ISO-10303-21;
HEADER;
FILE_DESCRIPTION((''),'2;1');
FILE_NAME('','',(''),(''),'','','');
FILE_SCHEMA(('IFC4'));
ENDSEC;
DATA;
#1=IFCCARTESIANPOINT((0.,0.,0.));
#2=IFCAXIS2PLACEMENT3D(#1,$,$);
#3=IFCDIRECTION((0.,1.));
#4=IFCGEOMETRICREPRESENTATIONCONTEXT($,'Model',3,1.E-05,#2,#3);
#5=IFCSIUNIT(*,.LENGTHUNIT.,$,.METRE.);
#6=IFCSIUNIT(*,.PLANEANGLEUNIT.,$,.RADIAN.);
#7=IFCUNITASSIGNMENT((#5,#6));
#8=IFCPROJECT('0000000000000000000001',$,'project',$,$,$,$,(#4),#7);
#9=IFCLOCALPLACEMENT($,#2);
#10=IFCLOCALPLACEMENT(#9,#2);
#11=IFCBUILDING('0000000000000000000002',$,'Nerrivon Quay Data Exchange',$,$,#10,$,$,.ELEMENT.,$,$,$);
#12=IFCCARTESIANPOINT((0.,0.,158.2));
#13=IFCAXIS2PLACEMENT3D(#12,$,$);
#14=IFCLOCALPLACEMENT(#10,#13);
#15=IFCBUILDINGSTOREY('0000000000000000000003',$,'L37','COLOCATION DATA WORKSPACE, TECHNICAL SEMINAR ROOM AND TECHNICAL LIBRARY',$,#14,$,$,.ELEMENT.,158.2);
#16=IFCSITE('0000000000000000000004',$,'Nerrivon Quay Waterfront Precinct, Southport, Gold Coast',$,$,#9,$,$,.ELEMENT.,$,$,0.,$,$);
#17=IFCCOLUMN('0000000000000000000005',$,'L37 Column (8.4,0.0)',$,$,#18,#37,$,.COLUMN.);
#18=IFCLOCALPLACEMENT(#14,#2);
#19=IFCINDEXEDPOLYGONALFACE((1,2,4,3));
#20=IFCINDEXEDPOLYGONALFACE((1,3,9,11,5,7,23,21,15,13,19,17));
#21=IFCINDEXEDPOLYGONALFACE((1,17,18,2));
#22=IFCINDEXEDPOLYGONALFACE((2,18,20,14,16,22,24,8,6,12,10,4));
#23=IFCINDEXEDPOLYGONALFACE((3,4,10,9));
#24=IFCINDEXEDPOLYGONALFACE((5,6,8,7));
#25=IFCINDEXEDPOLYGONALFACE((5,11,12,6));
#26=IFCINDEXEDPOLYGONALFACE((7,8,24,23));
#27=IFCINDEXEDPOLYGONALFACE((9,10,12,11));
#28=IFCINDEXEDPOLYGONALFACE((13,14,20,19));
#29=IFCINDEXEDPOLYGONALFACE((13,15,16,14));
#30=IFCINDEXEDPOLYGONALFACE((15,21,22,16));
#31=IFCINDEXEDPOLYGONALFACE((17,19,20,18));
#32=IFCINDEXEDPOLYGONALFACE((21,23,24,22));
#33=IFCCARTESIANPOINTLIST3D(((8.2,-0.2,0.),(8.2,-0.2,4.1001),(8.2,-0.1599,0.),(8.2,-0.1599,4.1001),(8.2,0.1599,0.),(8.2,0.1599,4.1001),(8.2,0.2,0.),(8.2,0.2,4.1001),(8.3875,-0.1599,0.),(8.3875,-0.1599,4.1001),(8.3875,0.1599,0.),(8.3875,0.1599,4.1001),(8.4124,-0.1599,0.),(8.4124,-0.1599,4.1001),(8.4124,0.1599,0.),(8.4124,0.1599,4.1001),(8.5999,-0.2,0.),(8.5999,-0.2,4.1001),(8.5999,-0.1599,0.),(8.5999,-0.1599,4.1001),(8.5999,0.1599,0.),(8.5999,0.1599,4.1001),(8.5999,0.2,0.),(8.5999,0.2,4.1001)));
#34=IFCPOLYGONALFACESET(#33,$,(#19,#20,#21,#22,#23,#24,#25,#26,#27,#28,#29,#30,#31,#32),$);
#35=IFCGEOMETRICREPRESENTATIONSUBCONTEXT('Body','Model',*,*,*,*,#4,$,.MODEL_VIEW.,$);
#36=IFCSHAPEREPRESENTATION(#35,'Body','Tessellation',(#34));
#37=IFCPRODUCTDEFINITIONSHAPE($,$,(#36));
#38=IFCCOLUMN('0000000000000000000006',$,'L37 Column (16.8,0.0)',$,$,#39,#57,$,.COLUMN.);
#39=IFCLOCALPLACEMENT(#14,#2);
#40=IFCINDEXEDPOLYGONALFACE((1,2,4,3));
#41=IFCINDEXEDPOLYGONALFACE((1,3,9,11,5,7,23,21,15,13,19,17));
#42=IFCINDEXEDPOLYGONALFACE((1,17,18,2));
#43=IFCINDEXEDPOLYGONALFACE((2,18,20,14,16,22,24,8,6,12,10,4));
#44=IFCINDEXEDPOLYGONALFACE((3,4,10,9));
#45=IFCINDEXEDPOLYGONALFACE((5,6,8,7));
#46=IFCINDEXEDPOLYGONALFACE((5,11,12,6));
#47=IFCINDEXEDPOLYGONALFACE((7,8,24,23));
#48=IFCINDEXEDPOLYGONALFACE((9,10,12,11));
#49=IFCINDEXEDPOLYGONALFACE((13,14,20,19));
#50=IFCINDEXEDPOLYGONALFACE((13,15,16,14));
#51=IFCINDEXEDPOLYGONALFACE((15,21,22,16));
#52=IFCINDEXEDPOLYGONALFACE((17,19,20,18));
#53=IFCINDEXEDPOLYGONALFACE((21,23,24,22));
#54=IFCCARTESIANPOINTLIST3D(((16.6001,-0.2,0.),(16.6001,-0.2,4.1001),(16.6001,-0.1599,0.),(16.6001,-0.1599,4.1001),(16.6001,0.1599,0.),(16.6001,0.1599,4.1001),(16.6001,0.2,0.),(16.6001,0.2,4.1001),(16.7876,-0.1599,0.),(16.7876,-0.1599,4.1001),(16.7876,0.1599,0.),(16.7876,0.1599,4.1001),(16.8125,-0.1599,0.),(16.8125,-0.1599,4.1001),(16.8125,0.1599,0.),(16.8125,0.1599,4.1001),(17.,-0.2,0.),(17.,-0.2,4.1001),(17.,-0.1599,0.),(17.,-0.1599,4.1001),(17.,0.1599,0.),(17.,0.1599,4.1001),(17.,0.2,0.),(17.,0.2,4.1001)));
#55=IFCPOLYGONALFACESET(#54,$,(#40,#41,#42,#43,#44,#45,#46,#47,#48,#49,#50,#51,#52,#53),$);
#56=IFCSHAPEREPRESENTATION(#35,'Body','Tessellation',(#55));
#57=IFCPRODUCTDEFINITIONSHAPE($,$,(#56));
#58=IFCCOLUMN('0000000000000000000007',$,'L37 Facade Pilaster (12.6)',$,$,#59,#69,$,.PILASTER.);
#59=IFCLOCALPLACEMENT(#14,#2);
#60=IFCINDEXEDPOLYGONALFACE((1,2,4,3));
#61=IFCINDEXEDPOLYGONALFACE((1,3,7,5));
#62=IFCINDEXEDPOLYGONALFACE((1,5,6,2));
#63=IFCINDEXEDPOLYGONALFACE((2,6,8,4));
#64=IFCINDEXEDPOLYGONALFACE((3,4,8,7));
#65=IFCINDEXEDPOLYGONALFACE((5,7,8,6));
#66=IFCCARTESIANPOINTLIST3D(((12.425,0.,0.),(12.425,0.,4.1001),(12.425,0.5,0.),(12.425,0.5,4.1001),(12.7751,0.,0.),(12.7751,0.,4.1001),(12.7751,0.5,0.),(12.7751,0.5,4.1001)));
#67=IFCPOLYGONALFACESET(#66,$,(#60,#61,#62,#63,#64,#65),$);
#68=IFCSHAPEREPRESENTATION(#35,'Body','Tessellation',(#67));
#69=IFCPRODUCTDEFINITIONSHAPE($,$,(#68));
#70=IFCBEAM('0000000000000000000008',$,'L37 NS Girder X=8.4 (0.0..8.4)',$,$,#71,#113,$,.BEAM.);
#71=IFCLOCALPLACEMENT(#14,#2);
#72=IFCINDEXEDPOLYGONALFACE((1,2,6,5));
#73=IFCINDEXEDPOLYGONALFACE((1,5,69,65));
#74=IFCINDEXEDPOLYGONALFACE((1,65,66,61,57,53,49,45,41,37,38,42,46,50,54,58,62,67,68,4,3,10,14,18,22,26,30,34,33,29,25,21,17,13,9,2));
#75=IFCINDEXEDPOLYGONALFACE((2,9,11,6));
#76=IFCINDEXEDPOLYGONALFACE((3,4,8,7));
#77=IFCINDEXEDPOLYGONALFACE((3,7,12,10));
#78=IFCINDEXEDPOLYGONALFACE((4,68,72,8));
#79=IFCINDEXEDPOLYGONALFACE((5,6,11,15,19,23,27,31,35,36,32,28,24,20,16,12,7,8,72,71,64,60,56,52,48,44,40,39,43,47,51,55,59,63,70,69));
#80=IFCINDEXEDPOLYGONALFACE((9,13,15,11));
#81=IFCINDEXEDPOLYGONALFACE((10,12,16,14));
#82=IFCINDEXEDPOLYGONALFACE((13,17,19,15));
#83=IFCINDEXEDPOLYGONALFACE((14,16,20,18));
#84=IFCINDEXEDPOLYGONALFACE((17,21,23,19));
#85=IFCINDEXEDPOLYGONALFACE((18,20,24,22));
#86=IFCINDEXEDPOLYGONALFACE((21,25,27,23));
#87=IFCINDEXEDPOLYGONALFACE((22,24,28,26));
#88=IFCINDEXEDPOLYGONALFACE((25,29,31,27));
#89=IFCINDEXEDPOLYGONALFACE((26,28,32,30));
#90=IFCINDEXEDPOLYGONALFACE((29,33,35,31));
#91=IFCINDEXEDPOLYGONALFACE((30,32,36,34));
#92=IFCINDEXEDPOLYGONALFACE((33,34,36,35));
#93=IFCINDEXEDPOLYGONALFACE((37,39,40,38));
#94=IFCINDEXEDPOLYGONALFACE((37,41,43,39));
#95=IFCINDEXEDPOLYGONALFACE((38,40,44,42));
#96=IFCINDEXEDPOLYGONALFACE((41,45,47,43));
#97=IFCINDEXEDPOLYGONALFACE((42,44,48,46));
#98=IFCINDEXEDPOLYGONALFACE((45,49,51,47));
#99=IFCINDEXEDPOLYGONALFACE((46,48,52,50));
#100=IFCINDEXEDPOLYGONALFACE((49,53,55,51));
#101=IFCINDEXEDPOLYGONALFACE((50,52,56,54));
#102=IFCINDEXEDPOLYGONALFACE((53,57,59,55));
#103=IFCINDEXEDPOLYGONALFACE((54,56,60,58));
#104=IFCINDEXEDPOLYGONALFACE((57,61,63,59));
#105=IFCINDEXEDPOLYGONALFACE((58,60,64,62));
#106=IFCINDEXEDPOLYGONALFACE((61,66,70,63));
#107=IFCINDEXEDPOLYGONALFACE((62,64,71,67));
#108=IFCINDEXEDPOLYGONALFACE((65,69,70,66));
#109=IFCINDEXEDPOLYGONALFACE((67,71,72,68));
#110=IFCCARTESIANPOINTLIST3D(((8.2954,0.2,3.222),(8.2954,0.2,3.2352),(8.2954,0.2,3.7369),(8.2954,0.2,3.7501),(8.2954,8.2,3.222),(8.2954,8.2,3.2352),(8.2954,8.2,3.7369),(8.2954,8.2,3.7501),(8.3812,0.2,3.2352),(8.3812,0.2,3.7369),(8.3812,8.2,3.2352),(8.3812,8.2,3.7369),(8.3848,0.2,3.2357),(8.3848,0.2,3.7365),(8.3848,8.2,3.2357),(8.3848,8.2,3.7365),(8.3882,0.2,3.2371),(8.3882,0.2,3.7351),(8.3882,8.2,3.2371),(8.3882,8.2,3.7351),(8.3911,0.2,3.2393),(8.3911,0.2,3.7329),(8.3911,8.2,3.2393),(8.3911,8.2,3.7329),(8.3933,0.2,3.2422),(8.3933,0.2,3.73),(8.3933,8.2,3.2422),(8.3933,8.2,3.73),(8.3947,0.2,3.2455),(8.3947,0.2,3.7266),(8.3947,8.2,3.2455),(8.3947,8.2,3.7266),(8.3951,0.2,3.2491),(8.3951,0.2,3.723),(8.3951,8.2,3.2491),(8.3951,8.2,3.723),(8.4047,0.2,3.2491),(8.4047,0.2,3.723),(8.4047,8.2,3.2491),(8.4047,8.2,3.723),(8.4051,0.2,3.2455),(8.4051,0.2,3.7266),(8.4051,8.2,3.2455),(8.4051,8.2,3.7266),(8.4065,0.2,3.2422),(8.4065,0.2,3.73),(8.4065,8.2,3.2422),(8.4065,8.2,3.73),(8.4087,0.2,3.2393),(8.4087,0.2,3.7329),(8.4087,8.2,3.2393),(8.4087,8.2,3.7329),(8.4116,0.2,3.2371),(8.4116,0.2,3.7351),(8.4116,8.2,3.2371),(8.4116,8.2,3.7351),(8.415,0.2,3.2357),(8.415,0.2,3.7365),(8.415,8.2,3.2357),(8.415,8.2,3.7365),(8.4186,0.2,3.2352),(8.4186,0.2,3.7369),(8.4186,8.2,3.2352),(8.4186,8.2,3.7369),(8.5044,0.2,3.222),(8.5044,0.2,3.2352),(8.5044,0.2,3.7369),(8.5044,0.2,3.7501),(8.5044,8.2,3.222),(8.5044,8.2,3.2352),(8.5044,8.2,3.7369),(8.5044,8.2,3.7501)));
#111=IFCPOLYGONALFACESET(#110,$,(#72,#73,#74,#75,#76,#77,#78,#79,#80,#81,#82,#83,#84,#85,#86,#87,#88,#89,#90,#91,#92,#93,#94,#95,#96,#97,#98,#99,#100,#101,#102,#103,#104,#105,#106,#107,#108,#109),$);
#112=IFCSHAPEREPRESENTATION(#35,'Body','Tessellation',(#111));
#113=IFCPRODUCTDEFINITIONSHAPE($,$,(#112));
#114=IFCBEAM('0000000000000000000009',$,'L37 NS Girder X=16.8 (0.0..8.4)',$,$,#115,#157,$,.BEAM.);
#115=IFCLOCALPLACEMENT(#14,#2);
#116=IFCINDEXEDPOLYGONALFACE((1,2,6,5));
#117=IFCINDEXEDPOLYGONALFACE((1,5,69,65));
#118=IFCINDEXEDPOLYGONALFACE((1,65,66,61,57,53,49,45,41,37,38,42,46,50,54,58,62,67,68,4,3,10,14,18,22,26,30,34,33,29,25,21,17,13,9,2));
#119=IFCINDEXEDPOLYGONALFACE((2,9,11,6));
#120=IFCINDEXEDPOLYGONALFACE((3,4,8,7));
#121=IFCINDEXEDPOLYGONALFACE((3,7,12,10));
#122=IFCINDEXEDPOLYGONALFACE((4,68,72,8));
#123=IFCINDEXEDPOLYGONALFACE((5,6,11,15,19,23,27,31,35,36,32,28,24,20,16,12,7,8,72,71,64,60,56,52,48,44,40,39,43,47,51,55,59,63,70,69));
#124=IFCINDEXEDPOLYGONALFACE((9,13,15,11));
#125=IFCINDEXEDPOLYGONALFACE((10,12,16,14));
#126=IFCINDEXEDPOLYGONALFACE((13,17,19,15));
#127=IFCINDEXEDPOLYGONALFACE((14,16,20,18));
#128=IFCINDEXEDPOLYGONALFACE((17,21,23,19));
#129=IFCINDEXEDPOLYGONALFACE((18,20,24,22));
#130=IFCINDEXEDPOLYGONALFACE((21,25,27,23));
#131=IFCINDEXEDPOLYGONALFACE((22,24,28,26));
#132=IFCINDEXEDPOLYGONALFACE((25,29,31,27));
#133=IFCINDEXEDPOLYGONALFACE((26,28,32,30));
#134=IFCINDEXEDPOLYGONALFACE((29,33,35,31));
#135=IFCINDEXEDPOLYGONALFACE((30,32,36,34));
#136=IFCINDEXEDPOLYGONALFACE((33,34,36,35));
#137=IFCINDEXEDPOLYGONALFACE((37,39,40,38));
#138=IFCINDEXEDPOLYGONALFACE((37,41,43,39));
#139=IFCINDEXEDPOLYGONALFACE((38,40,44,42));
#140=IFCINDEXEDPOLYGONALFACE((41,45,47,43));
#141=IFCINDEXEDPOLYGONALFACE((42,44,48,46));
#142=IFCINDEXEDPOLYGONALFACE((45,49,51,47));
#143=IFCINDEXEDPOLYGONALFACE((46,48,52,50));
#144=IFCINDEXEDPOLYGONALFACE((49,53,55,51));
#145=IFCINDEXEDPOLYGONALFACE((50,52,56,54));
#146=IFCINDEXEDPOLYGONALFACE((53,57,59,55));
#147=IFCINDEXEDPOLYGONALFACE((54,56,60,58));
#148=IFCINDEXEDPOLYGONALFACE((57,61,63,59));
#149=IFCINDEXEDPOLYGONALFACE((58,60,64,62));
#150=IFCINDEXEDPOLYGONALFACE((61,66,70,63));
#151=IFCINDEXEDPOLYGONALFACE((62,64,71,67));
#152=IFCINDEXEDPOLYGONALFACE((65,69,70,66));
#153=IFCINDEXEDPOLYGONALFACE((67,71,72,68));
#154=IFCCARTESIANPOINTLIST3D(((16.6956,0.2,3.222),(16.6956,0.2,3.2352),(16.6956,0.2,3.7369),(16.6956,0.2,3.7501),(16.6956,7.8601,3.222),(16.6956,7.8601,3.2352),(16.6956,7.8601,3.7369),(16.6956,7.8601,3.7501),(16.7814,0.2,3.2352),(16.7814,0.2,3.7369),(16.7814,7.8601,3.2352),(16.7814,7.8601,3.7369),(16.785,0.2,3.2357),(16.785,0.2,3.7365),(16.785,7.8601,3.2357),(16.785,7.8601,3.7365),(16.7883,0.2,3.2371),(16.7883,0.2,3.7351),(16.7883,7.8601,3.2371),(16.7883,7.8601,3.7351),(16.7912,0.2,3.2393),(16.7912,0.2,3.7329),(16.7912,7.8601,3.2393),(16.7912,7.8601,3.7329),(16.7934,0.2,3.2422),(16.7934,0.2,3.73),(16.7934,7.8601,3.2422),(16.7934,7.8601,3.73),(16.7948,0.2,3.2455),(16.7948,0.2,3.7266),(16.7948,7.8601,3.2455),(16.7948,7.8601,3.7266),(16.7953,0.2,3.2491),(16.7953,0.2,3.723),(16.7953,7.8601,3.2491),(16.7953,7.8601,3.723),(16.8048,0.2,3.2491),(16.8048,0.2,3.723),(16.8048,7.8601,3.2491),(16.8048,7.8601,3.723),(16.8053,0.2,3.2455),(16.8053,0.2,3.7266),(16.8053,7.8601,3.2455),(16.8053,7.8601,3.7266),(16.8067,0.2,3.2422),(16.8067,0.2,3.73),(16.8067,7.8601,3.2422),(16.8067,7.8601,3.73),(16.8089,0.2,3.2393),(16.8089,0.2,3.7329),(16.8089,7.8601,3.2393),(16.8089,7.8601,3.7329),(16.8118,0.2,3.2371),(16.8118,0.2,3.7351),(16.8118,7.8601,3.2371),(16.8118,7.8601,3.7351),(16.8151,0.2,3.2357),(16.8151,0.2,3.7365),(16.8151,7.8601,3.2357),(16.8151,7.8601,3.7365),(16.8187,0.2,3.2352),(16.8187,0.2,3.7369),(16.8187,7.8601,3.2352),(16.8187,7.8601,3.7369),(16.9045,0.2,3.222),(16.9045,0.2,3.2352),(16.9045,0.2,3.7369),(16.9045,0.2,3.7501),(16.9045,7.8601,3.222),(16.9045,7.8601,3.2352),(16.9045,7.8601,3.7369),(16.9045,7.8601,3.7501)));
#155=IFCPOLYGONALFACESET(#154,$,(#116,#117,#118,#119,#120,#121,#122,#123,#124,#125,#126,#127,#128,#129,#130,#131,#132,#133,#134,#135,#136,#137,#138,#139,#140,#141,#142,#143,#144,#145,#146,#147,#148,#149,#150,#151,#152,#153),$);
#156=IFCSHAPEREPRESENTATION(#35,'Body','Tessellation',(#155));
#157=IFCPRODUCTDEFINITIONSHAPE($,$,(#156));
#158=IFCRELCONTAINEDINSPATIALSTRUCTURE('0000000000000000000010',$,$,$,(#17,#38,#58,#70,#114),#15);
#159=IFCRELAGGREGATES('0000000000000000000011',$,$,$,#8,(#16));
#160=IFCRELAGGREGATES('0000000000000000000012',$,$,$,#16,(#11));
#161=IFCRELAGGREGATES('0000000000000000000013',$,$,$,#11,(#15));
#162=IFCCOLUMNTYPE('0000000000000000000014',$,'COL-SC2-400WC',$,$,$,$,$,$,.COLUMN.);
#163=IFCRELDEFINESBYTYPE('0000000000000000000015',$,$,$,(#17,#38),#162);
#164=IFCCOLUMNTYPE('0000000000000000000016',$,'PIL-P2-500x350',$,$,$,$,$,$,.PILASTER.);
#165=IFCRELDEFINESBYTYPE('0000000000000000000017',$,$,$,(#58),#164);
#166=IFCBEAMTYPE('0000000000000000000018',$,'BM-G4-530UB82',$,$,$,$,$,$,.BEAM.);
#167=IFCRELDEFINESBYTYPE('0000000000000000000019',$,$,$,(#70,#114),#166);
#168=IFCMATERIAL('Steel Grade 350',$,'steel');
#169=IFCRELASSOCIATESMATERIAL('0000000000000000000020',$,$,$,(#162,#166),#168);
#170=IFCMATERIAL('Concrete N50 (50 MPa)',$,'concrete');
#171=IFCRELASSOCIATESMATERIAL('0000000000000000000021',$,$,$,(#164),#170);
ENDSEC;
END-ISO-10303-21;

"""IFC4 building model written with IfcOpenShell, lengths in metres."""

from ifc_helpers import new_model, si_unit, direction, frame, origin, origin_2d, place, context, subcontext, project, spatial, rectangle, i_section, extrude, material, material_profile, profile_set, type_object, element, save


model = new_model("IFC4")

# Units and contexts
model_context = context("Model", 3, precision=1e-05, world=origin(), true_north=direction((0.0, 1.0)))
body_context = subcontext(model_context, "Body", "Model", "MODEL_VIEW")
ifc_project = project(units=[si_unit("LENGTHUNIT", "METRE"), si_unit("PLANEANGLEUNIT", "RADIAN")], contexts=[model_context])

# Site, building, storey
site_placement = place(None, origin())
site = spatial("IfcSite", under=ifc_project, at=site_placement, Name="Nerrivon Quay Waterfront Precinct, Southport, Gold Coast", CompositionType="ELEMENT", RefElevation=0.0)
building_placement = place(site_placement, origin())
building = spatial("IfcBuilding", under=site, at=building_placement, Name="Nerrivon Quay Data Exchange", CompositionType="ELEMENT")
storey_placement = place(building_placement, frame((0.0, 0.0, 158.2)))
storey = spatial("IfcBuildingStorey", under=building, at=storey_placement, Name="L37", Description="COLOCATION DATA WORKSPACE, TECHNICAL SEMINAR ROOM AND TECHNICAL LIBRARY", CompositionType="ELEMENT", Elevation=158.2)

# Columns
ifc_material_1 = material(Name="Steel Grade 350", Category="steel")
ifc_material_profile_1 = material_profile(ifc_material_1, i_section(OverallWidth=0.3999, OverallDepth=0.3999, WebThickness=0.0249, FlangeThickness=0.04, at=origin_2d()), Name="400WC328")
ifc_profile_set_1 = profile_set([ifc_material_profile_1], Name="Steel Grade 350")
column_type_1 = type_object("IfcColumnType", Name="COL-SC2-400WC", PredefinedType="COLUMN", material=ifc_profile_set_1)
for number, where, z_axis, x_axis, name in (
    (1, (8.3999, 0.0, 0.0), (0.0, 0.0, 1.0), (1.0, 0.0, 0.0), "L37 Column (8.4,0.0)"),
    (2, (16.8, 0.0, 0.0), (0.0, 0.0, 1.0), (1.0, 0.0, 0.0), "L37 Column (16.8,0.0)"),
):
    element("IfcColumn", number, at=place(storey_placement, frame(where, z_axis=z_axis, x_axis=x_axis)), inside=storey, type_object=column_type_1, Name=name, PredefinedType="COLUMN", context=body_context, shape_type="SweptSolid", body=[
        extrude(i_section(OverallWidth=0.3999, OverallDepth=0.3999, WebThickness=0.0249, FlangeThickness=0.04, at=origin_2d()), origin(), (0.0, 0.0, 1.0), 4.1001),
    ])
ifc_material_2 = material(Name="Concrete N50 (50 MPa)", Category="concrete")
ifc_material_profile_2 = material_profile(ifc_material_2, rectangle(XDim=0.3501, YDim=0.5, at=origin_2d()), Name="RC-PIL-500x350")
ifc_profile_set_2 = profile_set([ifc_material_profile_2], Name="Concrete N50 (50 MPa)")
column_type_2 = type_object("IfcColumnType", Name="PIL-P2-500x350", PredefinedType="PILASTER", material=ifc_profile_set_2)
column_placement = place(storey_placement, frame((12.6001, 0.25, 0.0), z_axis=(0.0, 0.0, 1.0), x_axis=(1.0, 0.0, 0.0)))
element("IfcColumn", 3, at=column_placement, inside=storey, type_object=column_type_2, Name="L37 Facade Pilaster (12.6)", PredefinedType="PILASTER", context=body_context, shape_type="SweptSolid", body=[
    extrude(rectangle(XDim=0.3501, YDim=0.5, at=origin_2d()), origin(), (0.0, 0.0, 1.0), 4.1001),
])

# Beams
ifc_material_profile_3 = material_profile(ifc_material_1, i_section(OverallWidth=0.209, OverallDepth=0.5281, WebThickness=0.0095, FlangeThickness=0.0132, FilletRadius=0.0139, at=origin_2d()), Name="530UB82.0")
ifc_profile_set_3 = profile_set([ifc_material_profile_3], Name="Steel Grade 350")
beam_type_1 = type_object("IfcBeamType", Name="BM-G4-530UB82", PredefinedType="BEAM", material=ifc_profile_set_3)
beam_1_placement = place(storey_placement, frame((8.3999, 0.2, 3.4861), z_axis=(0.0, 1.0, 0.0), x_axis=(-1.0, 0.0, 0.0)))
element("IfcBeam", 4, at=beam_1_placement, inside=storey, type_object=beam_type_1, Name="L37 NS Girder X=8.4 (0.0..8.4)", PredefinedType="BEAM", context=body_context, shape_type="SweptSolid", body=[
    extrude(i_section(OverallWidth=0.209, OverallDepth=0.5281, WebThickness=0.0095, FlangeThickness=0.0132, FilletRadius=0.0139, at=origin_2d()), origin(), (0.0, 0.0, 1.0), 8.0),
])
beam_2_placement = place(storey_placement, frame((16.8, 0.2, 3.4861), z_axis=(0.0, 1.0, 0.0), x_axis=(-1.0, 0.0, 0.0)))
element("IfcBeam", 5, at=beam_2_placement, inside=storey, type_object=beam_type_1, Name="L37 NS Girder X=16.8 (0.0..8.4)", PredefinedType="BEAM", context=body_context, shape_type="SweptSolid", body=[
    extrude(i_section(OverallWidth=0.209, OverallDepth=0.5281, WebThickness=0.0095, FlangeThickness=0.0132, FilletRadius=0.0139, at=origin_2d()), origin(), (0.0, 0.0, 1.0), 7.6602),
])

save(model, "model.ifc")
